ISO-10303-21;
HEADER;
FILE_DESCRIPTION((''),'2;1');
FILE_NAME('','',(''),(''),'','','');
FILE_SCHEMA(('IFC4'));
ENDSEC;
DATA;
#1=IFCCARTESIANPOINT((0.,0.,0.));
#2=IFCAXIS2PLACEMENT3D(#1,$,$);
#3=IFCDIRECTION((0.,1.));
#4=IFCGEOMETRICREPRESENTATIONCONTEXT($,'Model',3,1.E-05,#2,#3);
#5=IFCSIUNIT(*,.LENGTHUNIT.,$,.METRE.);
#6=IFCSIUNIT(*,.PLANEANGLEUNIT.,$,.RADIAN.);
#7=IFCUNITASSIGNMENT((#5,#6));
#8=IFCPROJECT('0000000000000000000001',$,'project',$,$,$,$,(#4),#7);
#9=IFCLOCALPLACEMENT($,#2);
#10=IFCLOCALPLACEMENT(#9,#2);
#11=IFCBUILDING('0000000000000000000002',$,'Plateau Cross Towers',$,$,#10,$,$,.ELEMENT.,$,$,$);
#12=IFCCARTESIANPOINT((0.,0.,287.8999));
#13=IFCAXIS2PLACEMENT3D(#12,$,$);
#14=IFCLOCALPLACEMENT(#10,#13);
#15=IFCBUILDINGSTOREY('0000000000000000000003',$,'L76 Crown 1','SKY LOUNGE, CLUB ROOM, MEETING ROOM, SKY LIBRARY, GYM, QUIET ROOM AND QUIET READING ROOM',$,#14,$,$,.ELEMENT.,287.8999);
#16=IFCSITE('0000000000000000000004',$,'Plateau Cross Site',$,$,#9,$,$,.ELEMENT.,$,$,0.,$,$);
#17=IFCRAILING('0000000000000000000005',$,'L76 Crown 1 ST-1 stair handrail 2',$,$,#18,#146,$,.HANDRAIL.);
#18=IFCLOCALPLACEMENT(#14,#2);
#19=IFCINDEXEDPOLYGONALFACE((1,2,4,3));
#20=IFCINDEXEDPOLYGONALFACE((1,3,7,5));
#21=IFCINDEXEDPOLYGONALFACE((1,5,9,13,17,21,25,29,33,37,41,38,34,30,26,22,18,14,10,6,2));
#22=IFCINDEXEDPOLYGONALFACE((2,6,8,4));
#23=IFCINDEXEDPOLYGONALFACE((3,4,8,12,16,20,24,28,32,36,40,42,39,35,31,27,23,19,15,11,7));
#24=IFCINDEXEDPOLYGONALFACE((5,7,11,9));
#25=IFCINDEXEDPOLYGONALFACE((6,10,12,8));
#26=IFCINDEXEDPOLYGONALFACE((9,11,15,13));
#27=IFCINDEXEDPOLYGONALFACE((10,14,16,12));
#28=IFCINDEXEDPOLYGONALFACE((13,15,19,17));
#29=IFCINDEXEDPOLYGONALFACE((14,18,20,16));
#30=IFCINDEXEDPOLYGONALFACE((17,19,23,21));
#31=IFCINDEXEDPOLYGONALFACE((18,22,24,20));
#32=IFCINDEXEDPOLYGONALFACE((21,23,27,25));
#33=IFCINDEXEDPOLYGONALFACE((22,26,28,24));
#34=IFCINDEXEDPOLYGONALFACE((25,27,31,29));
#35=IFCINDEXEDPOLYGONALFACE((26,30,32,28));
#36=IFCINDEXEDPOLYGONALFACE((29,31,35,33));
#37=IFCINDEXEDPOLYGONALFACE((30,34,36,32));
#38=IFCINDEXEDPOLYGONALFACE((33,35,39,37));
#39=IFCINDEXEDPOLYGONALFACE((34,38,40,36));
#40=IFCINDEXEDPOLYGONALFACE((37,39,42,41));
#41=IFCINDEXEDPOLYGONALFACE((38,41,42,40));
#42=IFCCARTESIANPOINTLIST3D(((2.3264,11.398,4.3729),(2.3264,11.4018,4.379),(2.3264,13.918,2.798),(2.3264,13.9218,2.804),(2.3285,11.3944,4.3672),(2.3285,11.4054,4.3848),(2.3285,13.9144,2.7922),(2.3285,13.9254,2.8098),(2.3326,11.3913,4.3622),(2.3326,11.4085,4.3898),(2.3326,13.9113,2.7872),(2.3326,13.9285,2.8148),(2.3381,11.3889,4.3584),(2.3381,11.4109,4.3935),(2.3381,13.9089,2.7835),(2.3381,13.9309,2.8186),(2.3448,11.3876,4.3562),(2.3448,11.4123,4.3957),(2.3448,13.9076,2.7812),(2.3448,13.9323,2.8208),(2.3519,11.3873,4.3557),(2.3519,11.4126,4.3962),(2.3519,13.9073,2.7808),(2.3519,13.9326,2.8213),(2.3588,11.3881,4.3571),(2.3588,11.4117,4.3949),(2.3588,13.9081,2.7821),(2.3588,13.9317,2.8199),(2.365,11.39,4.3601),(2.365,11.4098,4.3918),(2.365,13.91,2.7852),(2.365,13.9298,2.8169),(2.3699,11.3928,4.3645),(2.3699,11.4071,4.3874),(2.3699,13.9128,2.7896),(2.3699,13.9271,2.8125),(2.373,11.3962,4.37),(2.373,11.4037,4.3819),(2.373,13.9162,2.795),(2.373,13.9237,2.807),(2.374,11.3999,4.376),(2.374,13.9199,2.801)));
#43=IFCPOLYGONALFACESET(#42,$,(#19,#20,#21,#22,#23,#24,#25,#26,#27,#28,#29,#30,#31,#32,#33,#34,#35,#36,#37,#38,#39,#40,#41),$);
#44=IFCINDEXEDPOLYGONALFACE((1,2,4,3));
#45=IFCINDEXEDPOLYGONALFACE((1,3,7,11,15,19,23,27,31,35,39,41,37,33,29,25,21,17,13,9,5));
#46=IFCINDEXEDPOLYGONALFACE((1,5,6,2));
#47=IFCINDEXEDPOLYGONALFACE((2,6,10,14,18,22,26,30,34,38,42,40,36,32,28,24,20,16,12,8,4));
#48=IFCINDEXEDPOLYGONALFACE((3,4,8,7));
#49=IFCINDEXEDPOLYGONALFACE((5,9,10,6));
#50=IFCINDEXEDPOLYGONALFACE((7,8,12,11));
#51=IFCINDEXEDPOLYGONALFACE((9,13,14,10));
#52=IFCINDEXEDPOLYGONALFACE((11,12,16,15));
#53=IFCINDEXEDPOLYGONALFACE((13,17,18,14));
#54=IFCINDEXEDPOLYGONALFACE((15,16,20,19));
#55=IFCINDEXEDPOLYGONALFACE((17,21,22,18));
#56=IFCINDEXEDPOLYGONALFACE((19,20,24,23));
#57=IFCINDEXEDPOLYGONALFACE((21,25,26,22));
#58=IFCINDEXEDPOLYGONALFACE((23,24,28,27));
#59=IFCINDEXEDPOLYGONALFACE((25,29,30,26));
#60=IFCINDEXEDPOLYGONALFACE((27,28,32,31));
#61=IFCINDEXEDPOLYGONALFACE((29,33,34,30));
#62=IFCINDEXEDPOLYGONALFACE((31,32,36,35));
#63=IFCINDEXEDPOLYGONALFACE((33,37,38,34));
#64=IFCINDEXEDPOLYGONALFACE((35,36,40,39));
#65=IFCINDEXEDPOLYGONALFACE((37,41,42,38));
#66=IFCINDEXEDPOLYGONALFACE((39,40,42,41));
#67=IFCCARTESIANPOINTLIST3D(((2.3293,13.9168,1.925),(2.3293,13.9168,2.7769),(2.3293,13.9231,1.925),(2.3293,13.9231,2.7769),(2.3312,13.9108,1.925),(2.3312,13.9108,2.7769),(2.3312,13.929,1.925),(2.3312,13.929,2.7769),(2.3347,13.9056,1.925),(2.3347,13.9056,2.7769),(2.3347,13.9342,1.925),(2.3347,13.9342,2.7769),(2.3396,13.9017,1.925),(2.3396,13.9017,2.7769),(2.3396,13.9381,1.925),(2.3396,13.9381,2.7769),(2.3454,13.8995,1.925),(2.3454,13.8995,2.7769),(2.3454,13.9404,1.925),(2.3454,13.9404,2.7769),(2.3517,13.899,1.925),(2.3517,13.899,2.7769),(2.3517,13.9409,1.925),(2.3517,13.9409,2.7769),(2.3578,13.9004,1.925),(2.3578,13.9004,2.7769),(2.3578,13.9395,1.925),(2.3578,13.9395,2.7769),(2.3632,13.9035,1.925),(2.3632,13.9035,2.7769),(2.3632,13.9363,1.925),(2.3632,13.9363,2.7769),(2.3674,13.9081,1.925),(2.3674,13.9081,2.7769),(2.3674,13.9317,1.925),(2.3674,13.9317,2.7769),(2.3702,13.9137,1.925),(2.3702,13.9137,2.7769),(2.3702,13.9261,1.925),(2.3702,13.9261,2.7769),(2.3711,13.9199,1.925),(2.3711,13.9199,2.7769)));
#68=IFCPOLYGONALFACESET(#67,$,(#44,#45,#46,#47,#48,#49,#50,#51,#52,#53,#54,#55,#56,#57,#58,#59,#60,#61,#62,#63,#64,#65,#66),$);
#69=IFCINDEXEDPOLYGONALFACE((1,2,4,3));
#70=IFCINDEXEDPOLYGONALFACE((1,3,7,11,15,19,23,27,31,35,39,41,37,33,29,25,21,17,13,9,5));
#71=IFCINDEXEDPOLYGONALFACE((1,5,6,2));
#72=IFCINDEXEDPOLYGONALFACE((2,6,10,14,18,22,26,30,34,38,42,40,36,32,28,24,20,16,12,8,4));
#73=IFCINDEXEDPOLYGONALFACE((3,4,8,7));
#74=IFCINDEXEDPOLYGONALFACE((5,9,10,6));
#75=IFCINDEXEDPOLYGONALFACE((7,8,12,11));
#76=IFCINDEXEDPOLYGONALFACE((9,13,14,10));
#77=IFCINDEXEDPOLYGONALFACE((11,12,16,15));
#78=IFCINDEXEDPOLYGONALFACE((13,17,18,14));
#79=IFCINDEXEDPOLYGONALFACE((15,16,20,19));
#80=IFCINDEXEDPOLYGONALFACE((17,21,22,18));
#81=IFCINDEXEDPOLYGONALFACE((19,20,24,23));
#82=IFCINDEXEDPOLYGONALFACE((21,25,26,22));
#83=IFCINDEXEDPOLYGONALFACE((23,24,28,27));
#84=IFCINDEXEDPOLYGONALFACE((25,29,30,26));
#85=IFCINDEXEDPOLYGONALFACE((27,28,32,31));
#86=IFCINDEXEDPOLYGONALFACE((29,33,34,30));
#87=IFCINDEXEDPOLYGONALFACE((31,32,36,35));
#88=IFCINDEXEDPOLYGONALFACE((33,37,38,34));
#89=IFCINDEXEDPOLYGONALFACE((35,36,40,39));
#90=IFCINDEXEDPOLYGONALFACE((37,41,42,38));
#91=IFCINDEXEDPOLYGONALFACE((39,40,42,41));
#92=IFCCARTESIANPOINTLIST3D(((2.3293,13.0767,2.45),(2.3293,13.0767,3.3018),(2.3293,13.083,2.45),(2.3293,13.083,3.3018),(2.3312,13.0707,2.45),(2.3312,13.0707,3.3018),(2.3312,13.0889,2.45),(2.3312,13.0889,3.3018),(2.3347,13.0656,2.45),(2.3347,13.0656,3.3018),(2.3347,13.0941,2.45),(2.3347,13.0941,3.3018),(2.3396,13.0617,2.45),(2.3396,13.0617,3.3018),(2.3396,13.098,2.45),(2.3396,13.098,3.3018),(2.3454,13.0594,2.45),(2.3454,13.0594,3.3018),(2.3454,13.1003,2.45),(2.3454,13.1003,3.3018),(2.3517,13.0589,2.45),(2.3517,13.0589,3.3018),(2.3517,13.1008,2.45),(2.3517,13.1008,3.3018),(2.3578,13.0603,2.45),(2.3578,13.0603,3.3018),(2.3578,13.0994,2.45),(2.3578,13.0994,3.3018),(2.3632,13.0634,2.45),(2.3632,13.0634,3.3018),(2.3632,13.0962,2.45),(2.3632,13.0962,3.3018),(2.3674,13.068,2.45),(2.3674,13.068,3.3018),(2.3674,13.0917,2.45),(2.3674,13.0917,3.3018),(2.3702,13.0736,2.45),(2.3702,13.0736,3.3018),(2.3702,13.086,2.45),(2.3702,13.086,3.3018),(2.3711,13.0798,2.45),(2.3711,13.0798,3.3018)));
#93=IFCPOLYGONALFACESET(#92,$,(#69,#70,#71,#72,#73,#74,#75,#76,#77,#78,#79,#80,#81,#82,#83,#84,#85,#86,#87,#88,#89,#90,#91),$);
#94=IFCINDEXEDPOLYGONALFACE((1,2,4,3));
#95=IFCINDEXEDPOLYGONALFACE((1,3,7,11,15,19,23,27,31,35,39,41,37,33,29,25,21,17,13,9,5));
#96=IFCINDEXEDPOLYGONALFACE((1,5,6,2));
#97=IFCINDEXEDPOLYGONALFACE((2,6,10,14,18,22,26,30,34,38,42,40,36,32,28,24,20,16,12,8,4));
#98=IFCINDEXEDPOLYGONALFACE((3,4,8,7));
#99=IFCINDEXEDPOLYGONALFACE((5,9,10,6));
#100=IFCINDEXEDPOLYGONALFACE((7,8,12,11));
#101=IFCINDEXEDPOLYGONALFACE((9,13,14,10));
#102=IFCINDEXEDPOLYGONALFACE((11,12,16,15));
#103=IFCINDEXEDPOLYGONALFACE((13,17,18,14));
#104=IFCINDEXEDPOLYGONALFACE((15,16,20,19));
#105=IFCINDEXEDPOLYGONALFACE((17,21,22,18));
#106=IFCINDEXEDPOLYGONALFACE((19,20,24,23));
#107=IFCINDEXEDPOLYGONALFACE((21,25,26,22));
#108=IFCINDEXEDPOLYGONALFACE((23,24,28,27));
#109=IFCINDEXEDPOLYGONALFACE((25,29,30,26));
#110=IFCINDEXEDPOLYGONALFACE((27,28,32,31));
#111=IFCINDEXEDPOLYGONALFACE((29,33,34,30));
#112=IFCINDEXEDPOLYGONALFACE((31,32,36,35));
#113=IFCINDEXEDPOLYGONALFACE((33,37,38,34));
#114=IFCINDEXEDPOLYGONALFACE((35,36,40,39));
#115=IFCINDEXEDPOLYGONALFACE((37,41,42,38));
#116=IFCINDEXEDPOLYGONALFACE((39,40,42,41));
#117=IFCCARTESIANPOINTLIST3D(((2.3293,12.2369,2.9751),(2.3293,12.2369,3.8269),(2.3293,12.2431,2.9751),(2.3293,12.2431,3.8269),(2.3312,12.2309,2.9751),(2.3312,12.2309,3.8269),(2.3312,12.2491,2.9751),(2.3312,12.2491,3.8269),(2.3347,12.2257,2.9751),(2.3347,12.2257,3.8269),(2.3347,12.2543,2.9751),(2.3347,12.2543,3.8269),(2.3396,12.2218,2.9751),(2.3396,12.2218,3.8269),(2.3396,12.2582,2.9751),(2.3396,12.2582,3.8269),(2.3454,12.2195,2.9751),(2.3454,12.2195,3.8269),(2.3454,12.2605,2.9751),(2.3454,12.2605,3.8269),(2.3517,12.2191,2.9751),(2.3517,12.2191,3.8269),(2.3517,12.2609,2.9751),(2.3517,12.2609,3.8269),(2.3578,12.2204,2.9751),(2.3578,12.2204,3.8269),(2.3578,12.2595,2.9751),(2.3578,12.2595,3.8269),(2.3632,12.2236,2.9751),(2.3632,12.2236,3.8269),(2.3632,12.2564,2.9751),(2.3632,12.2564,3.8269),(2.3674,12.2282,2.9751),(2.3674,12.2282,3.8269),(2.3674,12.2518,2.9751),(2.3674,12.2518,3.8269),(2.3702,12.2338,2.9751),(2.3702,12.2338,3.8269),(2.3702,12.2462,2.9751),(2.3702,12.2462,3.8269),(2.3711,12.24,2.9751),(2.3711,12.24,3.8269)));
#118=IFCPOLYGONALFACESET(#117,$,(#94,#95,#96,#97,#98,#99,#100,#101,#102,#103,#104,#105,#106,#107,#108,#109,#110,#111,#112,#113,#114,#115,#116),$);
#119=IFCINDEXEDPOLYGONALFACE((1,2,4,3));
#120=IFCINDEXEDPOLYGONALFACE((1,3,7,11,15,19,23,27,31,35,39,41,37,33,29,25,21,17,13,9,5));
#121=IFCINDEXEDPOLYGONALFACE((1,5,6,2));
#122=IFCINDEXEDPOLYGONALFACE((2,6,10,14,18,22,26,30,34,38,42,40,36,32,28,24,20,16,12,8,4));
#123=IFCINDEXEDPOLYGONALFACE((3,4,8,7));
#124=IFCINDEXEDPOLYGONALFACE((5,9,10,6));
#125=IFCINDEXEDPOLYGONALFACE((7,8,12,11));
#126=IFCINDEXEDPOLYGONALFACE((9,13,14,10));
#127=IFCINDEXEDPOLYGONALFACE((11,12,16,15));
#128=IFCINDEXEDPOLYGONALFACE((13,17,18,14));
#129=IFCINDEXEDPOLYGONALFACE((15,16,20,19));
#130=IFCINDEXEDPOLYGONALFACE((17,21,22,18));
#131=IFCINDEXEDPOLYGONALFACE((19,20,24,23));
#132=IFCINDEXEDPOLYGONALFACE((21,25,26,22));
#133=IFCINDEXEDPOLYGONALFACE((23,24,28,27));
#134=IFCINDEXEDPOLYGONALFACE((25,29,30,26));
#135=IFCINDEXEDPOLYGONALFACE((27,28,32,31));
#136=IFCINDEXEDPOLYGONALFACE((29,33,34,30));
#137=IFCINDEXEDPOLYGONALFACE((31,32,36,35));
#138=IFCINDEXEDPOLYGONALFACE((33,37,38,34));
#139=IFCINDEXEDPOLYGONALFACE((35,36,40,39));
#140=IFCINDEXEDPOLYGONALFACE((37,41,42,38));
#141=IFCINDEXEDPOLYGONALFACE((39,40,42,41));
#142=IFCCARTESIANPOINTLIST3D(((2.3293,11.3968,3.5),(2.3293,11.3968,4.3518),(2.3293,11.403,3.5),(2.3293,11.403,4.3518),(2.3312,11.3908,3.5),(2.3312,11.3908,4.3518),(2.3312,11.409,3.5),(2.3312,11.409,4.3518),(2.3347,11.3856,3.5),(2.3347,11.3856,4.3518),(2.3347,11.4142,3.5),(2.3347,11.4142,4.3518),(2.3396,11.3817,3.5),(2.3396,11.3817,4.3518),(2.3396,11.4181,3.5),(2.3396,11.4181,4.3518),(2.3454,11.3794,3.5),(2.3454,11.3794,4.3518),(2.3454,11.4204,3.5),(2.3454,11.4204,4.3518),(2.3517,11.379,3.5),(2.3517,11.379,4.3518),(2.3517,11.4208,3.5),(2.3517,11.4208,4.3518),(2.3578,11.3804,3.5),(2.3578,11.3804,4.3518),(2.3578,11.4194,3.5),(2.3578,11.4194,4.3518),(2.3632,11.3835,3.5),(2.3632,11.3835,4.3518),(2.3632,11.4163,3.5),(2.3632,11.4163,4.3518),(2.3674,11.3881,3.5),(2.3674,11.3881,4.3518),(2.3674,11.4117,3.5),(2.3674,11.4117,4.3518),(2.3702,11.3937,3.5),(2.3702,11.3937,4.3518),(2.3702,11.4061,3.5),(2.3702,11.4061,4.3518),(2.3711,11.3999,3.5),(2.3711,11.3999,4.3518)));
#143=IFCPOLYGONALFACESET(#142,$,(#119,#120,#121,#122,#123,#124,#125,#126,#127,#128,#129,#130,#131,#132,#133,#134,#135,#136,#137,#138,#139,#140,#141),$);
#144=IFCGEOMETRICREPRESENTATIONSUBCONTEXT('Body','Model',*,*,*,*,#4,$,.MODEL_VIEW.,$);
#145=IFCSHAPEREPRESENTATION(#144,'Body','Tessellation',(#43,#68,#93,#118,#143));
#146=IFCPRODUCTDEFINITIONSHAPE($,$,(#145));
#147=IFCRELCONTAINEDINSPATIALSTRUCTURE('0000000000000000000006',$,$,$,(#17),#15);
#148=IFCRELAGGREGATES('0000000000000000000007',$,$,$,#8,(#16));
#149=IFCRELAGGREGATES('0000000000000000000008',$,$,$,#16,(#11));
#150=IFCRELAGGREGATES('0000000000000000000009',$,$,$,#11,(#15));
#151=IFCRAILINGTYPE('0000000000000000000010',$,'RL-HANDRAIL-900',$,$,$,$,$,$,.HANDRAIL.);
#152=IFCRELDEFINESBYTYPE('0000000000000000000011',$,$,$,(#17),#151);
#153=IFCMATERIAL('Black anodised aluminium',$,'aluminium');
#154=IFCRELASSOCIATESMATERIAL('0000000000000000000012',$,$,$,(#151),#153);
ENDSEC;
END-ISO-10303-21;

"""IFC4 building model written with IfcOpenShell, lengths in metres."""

from ifc_helpers import new_model, si_unit, direction, frame, origin, origin_2d, place, context, subcontext, project, spatial, circle, extrude, material, type_object, element, save


model = new_model("IFC4")

# Units and contexts
model_context = context("Model", 3, precision=1e-05, world=origin(), true_north=direction((0.0, 1.0)))
body_context = subcontext(model_context, "Body", "Model", "MODEL_VIEW")
ifc_project = project(units=[si_unit("LENGTHUNIT", "METRE"), si_unit("PLANEANGLEUNIT", "RADIAN")], contexts=[model_context])

# Site, building, storey
site_placement = place(None, origin())
site = spatial("IfcSite", under=ifc_project, at=site_placement, Name="Plateau Cross Site", CompositionType="ELEMENT", RefElevation=0.0)
building_placement = place(site_placement, origin())
building = spatial("IfcBuilding", under=site, at=building_placement, Name="Plateau Cross Towers", CompositionType="ELEMENT")
storey_placement = place(building_placement, frame((0.0, 0.0, 287.8999)))
storey = spatial("IfcBuildingStorey", under=building, at=storey_placement, Name="L76 Crown 1", Description="SKY LOUNGE, CLUB ROOM, MEETING ROOM, SKY LIBRARY, GYM, QUIET ROOM AND QUIET READING ROOM", CompositionType="ELEMENT", Elevation=287.8999)

# Shared definitions
ifc_material_1 = material(Name="Black anodised aluminium", Category="aluminium")

# Railing
railing_type_1 = type_object("IfcRailingType", Name="RL-HANDRAIL-900", PredefinedType="HANDRAIL", material=ifc_material_1)
railing_1_placement = place(storey_placement, frame((2.3501, 13.9199, 1.925)))
element("IfcRailing", 1, at=railing_1_placement, inside=storey, type_object=railing_type_1, Name="L76 Crown 1 ST-1 stair handrail 2", PredefinedType="HANDRAIL", context=body_context, shape_type="SweptSolid", body=[
    extrude(circle(Radius=0.0239, at=origin_2d()), frame((0.0, 0.0, 0.876), z_axis=(0.0, -0.848008, 0.529984), x_axis=(1.0, 0.0, 0.0)), (0.0, 0.0, 1.0), 2.9717),
    extrude(circle(Radius=0.021, at=origin_2d()), origin(), (0.0, 0.0, 1.0), 0.8518),
    extrude(circle(Radius=0.021, at=origin_2d()), frame((0.0, -0.8401, 0.5249)), (0.0, 0.0, 1.0), 0.8518),
    extrude(circle(Radius=0.021, at=origin_2d()), frame((0.0, -1.6799, 1.05)), (0.0, 0.0, 1.0), 0.8518),
    extrude(circle(Radius=0.021, at=origin_2d()), frame((0.0, -2.52, 1.575)), (0.0, 0.0, 1.0), 0.8518),
])

save(model, "model.ifc")
